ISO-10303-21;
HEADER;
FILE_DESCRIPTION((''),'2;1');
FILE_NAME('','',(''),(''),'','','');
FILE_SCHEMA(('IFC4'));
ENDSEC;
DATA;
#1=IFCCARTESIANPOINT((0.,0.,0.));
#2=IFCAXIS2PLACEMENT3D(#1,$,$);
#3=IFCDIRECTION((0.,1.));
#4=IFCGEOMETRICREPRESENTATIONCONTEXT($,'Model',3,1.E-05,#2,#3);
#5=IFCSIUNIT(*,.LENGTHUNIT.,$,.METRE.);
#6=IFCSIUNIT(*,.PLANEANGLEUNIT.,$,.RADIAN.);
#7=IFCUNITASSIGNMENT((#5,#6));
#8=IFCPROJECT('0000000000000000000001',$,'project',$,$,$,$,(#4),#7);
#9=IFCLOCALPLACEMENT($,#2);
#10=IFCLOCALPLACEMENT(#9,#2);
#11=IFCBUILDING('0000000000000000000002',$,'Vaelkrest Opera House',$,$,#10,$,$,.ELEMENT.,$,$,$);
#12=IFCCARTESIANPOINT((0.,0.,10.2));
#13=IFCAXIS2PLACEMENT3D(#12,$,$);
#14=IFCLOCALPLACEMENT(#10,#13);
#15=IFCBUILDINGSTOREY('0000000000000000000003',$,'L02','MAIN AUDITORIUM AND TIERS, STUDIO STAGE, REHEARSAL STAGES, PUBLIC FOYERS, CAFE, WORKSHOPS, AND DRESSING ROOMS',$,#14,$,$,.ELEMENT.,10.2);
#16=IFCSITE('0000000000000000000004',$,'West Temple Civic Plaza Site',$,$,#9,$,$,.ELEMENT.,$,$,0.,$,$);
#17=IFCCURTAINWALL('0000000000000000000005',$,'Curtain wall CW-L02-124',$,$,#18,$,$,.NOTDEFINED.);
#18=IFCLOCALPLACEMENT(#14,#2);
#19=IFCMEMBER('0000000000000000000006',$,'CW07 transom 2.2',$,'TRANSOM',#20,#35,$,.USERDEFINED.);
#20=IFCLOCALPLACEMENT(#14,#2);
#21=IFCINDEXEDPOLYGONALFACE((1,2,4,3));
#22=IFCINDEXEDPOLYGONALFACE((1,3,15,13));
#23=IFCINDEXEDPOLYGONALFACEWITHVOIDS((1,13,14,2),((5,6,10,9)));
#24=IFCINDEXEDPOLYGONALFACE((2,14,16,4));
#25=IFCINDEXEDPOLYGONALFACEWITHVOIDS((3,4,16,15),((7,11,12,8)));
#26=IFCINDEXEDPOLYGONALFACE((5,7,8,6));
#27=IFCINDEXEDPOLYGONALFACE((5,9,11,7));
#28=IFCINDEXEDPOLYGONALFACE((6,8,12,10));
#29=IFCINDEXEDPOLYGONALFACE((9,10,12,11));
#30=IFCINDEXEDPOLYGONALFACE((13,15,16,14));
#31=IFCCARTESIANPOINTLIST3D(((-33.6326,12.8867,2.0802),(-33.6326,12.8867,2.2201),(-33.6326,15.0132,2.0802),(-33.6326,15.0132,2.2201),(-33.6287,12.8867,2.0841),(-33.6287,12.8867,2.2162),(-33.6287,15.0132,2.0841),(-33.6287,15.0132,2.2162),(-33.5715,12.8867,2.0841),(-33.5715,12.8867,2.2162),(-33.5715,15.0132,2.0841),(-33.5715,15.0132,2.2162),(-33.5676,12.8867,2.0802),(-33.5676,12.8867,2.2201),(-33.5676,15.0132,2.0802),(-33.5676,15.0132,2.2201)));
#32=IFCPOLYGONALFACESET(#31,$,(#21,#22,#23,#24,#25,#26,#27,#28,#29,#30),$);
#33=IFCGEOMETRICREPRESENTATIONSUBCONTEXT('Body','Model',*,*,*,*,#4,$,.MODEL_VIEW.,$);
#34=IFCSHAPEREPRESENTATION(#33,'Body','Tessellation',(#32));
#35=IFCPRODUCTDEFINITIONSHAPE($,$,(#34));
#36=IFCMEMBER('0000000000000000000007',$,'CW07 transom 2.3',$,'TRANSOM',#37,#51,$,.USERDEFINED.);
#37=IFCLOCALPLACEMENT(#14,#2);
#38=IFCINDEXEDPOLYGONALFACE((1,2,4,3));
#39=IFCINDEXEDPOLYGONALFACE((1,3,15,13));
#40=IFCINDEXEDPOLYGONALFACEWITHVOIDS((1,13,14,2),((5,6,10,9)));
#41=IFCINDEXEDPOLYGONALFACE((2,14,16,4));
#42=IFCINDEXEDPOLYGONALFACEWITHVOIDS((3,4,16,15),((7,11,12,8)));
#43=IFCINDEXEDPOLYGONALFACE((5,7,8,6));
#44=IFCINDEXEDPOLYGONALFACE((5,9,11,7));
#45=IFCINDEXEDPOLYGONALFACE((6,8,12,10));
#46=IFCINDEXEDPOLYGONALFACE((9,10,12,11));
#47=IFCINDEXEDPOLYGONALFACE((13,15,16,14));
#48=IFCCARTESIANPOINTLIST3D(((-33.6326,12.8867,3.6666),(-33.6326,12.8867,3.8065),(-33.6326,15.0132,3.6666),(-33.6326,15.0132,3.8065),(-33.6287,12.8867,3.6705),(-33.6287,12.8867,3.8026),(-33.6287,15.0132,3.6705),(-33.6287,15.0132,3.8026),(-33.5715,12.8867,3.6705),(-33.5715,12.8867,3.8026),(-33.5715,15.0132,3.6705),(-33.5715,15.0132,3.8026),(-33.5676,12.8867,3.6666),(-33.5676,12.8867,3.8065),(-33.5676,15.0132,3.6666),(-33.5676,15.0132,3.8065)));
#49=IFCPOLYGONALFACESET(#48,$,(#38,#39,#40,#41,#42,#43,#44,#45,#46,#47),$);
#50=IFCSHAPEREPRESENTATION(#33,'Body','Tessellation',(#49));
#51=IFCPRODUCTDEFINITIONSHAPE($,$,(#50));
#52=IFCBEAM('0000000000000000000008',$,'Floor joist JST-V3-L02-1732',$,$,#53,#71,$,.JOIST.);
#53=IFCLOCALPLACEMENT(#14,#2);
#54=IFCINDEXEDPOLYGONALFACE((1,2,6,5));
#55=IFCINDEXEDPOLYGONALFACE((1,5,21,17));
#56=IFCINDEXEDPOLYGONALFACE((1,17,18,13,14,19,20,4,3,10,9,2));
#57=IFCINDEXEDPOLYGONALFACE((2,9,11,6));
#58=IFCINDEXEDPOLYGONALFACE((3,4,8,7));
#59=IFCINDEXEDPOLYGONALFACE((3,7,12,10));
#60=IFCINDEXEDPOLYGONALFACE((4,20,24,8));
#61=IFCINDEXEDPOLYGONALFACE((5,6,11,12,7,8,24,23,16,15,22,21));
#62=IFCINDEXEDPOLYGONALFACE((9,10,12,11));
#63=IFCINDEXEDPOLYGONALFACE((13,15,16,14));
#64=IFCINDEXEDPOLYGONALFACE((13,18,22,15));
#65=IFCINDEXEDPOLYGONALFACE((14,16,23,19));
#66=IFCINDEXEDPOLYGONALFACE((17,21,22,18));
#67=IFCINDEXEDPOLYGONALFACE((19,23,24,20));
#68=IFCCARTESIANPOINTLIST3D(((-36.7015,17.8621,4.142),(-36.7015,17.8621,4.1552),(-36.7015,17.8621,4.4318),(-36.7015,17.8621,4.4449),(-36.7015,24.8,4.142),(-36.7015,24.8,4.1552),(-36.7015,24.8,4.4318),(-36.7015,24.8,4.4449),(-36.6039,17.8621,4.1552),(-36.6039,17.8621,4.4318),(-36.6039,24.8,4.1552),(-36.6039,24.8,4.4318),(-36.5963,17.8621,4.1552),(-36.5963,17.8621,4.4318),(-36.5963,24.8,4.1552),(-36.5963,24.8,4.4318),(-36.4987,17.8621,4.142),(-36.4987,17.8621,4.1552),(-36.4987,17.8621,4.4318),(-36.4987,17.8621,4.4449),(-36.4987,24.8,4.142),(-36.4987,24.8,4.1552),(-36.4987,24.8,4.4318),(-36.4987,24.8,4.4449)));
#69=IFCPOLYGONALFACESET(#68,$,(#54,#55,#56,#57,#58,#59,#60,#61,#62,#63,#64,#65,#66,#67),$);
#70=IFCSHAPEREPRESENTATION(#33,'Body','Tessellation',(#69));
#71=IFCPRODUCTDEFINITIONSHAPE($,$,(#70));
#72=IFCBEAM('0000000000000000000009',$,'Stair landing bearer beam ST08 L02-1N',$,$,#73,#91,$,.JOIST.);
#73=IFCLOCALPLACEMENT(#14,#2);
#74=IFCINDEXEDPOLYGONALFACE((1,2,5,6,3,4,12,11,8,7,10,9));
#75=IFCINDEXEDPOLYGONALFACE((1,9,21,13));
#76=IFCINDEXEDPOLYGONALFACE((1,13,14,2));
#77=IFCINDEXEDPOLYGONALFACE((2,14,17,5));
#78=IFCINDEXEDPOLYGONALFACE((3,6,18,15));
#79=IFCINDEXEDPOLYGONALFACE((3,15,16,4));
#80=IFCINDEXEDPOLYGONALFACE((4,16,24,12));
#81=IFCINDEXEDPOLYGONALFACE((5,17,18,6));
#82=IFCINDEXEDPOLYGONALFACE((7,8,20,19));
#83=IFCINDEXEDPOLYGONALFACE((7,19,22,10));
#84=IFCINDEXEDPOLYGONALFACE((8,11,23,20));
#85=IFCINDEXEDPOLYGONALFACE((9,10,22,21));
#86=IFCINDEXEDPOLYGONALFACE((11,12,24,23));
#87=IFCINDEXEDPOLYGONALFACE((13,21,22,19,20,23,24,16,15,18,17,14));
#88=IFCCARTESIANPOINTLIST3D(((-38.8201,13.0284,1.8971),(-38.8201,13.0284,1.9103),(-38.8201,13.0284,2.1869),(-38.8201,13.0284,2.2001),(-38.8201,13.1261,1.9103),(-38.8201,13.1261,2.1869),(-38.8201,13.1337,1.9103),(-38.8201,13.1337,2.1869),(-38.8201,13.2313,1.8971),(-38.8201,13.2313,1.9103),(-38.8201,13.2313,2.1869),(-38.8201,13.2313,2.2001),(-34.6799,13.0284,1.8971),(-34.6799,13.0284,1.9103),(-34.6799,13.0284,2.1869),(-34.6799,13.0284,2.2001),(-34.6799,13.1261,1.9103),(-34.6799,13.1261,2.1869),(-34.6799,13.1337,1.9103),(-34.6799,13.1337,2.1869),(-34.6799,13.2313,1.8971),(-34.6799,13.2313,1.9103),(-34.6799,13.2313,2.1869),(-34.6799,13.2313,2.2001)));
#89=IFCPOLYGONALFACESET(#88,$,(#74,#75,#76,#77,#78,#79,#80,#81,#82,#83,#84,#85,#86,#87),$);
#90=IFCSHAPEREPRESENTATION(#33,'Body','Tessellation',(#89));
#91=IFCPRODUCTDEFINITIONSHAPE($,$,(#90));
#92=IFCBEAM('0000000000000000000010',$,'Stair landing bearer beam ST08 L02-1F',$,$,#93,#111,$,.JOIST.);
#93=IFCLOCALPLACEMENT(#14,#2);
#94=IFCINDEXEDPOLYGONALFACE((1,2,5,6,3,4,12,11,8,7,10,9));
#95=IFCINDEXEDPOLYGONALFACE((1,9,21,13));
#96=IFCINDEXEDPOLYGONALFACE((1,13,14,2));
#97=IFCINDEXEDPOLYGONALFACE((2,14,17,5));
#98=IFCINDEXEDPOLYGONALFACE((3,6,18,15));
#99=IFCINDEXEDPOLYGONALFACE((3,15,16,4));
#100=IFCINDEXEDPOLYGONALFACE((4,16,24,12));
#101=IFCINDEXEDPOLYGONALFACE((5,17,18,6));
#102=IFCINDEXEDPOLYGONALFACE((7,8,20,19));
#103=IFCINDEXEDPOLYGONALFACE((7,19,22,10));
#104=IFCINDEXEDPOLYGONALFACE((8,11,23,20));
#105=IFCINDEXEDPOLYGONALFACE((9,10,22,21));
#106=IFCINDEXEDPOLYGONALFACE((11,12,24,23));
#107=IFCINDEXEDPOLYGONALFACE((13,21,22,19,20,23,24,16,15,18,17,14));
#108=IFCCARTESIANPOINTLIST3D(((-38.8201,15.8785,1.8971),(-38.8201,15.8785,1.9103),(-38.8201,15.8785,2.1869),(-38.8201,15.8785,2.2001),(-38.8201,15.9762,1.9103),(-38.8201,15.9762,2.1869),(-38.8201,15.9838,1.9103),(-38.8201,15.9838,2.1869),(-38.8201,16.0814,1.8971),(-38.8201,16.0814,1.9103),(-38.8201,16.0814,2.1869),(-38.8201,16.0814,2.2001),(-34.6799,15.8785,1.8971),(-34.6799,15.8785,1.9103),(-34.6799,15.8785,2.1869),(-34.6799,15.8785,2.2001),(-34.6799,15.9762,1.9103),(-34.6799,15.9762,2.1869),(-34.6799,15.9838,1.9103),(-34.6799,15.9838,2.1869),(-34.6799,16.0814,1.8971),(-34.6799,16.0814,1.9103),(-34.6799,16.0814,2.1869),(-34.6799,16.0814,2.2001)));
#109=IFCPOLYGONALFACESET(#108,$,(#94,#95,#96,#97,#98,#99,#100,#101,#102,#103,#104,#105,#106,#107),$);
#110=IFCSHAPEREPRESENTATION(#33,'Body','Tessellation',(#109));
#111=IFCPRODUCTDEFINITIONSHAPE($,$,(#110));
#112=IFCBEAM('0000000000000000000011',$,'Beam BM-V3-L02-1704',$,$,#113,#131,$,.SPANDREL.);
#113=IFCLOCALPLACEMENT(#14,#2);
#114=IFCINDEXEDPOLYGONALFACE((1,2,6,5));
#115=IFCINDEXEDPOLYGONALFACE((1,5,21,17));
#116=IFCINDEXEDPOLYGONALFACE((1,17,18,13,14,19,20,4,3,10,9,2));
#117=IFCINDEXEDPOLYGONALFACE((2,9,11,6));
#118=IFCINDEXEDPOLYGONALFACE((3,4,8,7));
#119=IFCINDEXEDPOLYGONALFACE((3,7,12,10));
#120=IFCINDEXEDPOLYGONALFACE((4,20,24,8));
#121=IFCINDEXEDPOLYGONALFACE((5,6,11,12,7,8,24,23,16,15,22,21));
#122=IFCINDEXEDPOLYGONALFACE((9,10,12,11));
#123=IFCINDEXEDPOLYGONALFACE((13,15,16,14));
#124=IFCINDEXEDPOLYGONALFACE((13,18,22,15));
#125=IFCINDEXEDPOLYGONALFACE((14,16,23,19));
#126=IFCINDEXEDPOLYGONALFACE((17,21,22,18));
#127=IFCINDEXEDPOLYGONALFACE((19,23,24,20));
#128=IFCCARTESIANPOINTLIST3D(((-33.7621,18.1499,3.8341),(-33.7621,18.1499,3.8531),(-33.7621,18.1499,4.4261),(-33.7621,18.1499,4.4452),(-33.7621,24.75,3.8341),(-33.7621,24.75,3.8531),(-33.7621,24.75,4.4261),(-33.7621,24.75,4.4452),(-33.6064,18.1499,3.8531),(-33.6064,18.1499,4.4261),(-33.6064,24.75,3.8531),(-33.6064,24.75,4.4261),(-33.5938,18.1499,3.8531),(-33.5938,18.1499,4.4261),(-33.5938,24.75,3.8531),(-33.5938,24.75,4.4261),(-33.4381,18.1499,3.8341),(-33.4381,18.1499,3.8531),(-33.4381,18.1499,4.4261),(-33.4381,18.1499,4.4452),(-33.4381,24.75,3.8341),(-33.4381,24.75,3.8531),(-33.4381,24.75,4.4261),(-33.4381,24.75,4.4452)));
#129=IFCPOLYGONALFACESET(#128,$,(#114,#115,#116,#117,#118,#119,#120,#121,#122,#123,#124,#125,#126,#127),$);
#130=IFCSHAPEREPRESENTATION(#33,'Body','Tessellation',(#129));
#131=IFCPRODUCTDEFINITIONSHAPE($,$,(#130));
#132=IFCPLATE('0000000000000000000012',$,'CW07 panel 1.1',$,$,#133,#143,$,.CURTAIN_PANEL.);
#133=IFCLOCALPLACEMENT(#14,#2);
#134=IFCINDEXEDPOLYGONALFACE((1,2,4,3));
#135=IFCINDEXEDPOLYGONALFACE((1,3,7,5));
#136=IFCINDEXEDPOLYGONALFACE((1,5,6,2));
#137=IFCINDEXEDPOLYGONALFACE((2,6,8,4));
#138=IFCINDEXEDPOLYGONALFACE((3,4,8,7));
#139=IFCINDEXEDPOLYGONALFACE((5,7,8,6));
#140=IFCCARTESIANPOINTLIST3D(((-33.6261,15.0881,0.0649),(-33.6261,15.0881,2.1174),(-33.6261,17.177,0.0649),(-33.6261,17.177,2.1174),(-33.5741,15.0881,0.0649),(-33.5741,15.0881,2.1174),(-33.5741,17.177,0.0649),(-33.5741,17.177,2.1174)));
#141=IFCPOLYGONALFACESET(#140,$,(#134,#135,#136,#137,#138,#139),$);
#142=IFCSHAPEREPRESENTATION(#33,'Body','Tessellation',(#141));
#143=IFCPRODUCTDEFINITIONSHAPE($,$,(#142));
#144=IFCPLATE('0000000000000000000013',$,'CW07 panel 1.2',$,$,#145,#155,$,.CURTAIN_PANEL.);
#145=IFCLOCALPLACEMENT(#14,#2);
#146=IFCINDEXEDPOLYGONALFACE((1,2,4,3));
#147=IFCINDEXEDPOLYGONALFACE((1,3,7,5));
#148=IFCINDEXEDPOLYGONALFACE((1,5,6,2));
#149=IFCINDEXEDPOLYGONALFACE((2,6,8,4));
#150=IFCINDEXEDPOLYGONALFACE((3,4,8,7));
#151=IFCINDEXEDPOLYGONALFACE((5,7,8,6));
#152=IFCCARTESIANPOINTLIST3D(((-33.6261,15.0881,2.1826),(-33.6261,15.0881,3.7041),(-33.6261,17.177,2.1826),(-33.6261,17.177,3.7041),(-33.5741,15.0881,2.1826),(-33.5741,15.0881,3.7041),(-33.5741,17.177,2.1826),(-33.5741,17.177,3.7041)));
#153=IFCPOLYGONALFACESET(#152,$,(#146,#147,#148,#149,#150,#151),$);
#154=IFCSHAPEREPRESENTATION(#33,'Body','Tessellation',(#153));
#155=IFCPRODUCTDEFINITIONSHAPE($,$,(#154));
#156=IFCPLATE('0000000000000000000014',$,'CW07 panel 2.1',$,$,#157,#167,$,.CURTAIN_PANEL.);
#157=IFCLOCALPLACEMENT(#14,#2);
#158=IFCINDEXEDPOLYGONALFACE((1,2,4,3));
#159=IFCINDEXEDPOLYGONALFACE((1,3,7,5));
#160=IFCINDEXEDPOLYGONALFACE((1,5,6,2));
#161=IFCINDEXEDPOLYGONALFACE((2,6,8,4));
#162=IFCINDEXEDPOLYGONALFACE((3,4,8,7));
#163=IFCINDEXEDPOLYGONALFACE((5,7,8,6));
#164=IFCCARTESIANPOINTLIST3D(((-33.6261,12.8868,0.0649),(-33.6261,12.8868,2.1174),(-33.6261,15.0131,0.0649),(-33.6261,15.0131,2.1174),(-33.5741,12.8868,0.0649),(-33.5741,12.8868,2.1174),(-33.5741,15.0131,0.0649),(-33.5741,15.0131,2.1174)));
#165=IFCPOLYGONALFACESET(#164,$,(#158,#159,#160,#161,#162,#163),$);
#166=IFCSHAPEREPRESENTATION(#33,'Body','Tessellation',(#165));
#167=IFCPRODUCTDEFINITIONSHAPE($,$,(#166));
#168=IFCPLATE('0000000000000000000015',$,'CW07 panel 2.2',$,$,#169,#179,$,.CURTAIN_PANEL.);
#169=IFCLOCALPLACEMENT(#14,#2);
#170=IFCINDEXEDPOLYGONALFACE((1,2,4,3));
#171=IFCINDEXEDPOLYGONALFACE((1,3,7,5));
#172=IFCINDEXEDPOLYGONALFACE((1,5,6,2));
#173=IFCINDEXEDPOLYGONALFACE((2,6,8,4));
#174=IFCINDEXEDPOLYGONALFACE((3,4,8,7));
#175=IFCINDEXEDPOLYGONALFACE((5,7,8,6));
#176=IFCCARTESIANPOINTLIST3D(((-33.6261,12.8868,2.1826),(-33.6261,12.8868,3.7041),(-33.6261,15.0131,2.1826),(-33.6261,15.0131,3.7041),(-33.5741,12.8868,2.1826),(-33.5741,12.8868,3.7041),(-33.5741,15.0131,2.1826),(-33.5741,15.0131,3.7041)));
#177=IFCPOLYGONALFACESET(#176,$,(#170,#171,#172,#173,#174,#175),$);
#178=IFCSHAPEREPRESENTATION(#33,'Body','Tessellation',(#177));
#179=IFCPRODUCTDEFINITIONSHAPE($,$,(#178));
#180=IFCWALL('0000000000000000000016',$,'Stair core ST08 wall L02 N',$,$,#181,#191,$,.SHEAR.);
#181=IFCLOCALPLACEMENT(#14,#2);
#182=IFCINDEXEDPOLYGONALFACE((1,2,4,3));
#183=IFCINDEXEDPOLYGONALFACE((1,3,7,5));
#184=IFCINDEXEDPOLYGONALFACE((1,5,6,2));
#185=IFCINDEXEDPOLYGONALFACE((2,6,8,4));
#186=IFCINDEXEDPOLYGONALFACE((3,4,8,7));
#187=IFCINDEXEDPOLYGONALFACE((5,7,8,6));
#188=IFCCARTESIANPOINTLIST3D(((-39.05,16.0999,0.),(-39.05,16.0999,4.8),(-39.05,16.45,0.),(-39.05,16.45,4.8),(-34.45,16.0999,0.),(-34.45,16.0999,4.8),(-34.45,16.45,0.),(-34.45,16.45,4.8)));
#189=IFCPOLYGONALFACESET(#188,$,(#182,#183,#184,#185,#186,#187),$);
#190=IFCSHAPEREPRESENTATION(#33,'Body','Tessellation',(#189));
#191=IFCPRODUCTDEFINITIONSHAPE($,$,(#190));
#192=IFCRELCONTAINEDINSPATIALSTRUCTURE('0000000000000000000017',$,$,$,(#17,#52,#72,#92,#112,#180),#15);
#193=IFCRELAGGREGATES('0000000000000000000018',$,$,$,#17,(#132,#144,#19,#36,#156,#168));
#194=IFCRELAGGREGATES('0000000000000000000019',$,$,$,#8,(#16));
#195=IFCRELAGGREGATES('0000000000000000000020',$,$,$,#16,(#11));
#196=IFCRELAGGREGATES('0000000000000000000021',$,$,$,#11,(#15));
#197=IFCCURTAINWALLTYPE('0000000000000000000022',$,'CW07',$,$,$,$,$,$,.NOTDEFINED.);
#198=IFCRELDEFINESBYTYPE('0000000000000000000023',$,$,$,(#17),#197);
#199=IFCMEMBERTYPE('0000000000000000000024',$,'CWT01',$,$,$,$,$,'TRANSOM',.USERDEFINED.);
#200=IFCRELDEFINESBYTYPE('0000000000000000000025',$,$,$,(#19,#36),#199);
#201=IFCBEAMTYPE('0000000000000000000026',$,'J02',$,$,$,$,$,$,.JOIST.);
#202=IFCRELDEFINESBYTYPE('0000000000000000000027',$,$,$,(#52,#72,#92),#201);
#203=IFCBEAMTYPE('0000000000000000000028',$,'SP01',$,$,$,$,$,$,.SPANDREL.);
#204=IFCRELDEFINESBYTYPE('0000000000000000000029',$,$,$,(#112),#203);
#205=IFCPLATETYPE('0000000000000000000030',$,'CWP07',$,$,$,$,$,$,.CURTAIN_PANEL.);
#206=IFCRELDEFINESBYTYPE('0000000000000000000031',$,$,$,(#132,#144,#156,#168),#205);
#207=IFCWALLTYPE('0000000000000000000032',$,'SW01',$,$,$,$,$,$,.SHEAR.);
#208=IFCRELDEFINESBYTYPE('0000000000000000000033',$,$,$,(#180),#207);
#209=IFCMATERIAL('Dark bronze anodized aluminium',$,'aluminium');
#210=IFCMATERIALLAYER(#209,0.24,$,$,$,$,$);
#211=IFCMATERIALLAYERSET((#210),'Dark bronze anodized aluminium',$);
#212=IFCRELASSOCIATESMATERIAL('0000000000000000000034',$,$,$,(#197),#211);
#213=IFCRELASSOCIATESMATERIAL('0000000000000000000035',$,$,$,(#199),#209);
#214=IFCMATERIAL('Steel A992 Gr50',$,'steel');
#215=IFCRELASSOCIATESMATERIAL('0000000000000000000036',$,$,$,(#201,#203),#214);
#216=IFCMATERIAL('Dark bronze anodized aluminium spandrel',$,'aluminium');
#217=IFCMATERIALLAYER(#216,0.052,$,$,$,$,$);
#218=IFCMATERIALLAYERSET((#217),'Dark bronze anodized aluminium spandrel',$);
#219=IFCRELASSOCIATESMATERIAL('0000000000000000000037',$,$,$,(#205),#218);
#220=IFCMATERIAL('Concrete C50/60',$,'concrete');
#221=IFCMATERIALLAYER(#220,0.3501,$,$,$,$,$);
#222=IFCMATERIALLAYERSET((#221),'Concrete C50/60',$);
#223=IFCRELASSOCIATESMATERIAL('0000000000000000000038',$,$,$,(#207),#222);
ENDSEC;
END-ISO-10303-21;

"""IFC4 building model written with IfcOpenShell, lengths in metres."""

from ifc_helpers import new_model, si_unit, direction, frame, frame_2d, origin, origin_2d, place, context, subcontext, project, spatial, rectangle, hollow_rectangle, i_section, extrude, material, layer, layer_set, material_profile, profile_set, type_object, element, aggregate, save


model = new_model("IFC4")

# Units and contexts
model_context = context("Model", 3, precision=1e-05, world=origin(), true_north=direction((0.0, 1.0)))
body_context = subcontext(model_context, "Body", "Model", "MODEL_VIEW")
ifc_project = project(units=[si_unit("LENGTHUNIT", "METRE"), si_unit("PLANEANGLEUNIT", "RADIAN")], contexts=[model_context])

# Site, building, storey
site_placement = place(None, origin())
site = spatial("IfcSite", under=ifc_project, at=site_placement, Name="West Temple Civic Plaza Site", CompositionType="ELEMENT", RefElevation=0.0)
building_placement = place(site_placement, origin())
building = spatial("IfcBuilding", under=site, at=building_placement, Name="Vaelkrest Opera House", CompositionType="ELEMENT")
storey_placement = place(building_placement, frame((0.0, 0.0, 10.2)))
storey = spatial("IfcBuildingStorey", under=building, at=storey_placement, Name="L02", Description="MAIN AUDITORIUM AND TIERS, STUDIO STAGE, REHEARSAL STAGES, PUBLIC FOYERS, CAFE, WORKSHOPS, AND DRESSING ROOMS", CompositionType="ELEMENT", Elevation=10.2)

# Shared definitions
ifc_material_1 = material(Name="Concrete C50/60", Category="concrete")

# Shared definitions
ifc_material_2 = material(Name="Steel A992 Gr50", Category="steel")

# Curtain wall, members
ifc_material_3 = material(Name="Dark bronze anodized aluminium", Category="aluminium")
ifc_layer_1 = layer(ifc_material_3, 0.24)
ifc_layer_set_1 = layer_set([ifc_layer_1], Name="Dark bronze anodized aluminium")
curtain_wall_type = type_object("IfcCurtainWallType", Name="CW07", PredefinedType="NOTDEFINED", material=ifc_layer_set_1)
curtain_wall_placement = place(storey_placement, origin())
curtain_wall = element("IfcCurtainWall", 1, at=curtain_wall_placement, inside=storey, type_object=curtain_wall_type, Name="Curtain wall CW-L02-124", PredefinedType="NOTDEFINED")
ifc_material_profile_1 = material_profile(ifc_material_3, hollow_rectangle(XDim=0.0649, YDim=0.1399, WallThickness=0.0039, at=origin_2d()), Name="CWT65X140")
ifc_profile_set_1 = profile_set([ifc_material_profile_1], Name="Dark bronze anodized aluminium")
member_type_1 = type_object("IfcMemberType", Name="CWT01", ElementType="TRANSOM", PredefinedType="USERDEFINED", material=ifc_profile_set_1)
member_1_placement = place(storey_placement, frame((-33.6001, 15.0132, 2.1501), z_axis=(0.0, -1.0, 0.0), x_axis=(1.0, 0.0, 0.0)))
member_1 = element("IfcMember", 2, at=member_1_placement, type_object=member_type_1, Name="CW07 transom 2.2", ObjectType="TRANSOM", PredefinedType="USERDEFINED", context=body_context, shape_type="SweptSolid", body=[
    extrude(hollow_rectangle(XDim=0.0649, YDim=0.1399, WallThickness=0.0039, at=origin_2d()), origin(), (0.0, 0.0, 1.0), 2.1265),
])
member_2_placement = place(storey_placement, frame((-33.6001, 15.0132, 3.7366), z_axis=(0.0, -1.0, 0.0), x_axis=(1.0, 0.0, 0.0)))
member_2 = element("IfcMember", 3, at=member_2_placement, type_object=member_type_1, Name="CW07 transom 2.3", ObjectType="TRANSOM", PredefinedType="USERDEFINED", context=body_context, shape_type="SweptSolid", body=[
    extrude(hollow_rectangle(XDim=0.0649, YDim=0.1399, WallThickness=0.0039, at=origin_2d()), origin(), (0.0, 0.0, 1.0), 2.1265),
])

# Beams
ifc_material_profile_2 = material_profile(ifc_material_2, i_section(OverallWidth=0.2029, OverallDepth=0.303, WebThickness=0.0076, FlangeThickness=0.0132, at=origin_2d()), Name="W12X40")
ifc_profile_set_2 = profile_set([ifc_material_profile_2], Name="Steel A992 Gr50")
beam_type_1 = type_object("IfcBeamType", Name="J02", PredefinedType="JOIST", material=ifc_profile_set_2)
beam_1_placement = place(storey_placement, frame((-36.6001, 17.8621, 4.2935), z_axis=(0.0, 1.0, 0.0), x_axis=(-1.0, 0.0, 0.0)))
element("IfcBeam", 4, at=beam_1_placement, inside=storey, type_object=beam_type_1, Name="Floor joist JST-V3-L02-1732", PredefinedType="JOIST", context=body_context, shape_type="SweptSolid", body=[
    extrude(i_section(OverallWidth=0.2029, OverallDepth=0.303, WebThickness=0.0076, FlangeThickness=0.0132, at=origin_2d()), origin(), (0.0, 0.0, 1.0), 6.938),
])
for number, where, z_axis, x_axis, name in (
    (5, (-38.8201, 13.1299, 2.0486), (1.0, 0.0, 0.0), (0.0, 1.0, 0.0), "Stair landing bearer beam ST08 L02-1N"),
    (6, (-38.8201, 15.98, 2.0486), (1.0, 0.0, 0.0), (0.0, 1.0, 0.0), "Stair landing bearer beam ST08 L02-1F"),
):
    element("IfcBeam", number, at=place(storey_placement, frame(where, z_axis=z_axis, x_axis=x_axis)), inside=storey, type_object=beam_type_1, Name=name, PredefinedType="JOIST", context=body_context, shape_type="SweptSolid", body=[
        extrude(i_section(OverallWidth=0.2029, OverallDepth=0.303, WebThickness=0.0076, FlangeThickness=0.0132, at=origin_2d()), origin(), (0.0, 0.0, 1.0), 4.1401),
    ])
ifc_material_profile_3 = material_profile(ifc_material_2, i_section(OverallWidth=0.324, OverallDepth=0.6111, WebThickness=0.0127, FlangeThickness=0.019, at=origin_2d()), Name="W24X104")
ifc_profile_set_3 = profile_set([ifc_material_profile_3], Name="Steel A992 Gr50")
beam_type_2 = type_object("IfcBeamType", Name="SP01", PredefinedType="SPANDREL", material=ifc_profile_set_3)
beam_2_placement = place(storey_placement, frame((-33.6001, 18.1499, 4.1396), z_axis=(0.0, 1.0, 0.0), x_axis=(-1.0, 0.0, 0.0)))
element("IfcBeam", 7, at=beam_2_placement, inside=storey, type_object=beam_type_2, Name="Beam BM-V3-L02-1704", PredefinedType="SPANDREL", context=body_context, shape_type="SweptSolid", body=[
    extrude(i_section(OverallWidth=0.324, OverallDepth=0.6111, WebThickness=0.0127, FlangeThickness=0.019, at=origin_2d()), origin(), (0.0, 0.0, 1.0), 6.6001),
])

# Plates
ifc_material_4 = material(Name="Dark bronze anodized aluminium spandrel", Category="aluminium")
ifc_layer_2 = layer(ifc_material_4, 0.052)
ifc_layer_set_2 = layer_set([ifc_layer_2], Name="Dark bronze anodized aluminium spandrel")
plate_type = type_object("IfcPlateType", Name="CWP07", PredefinedType="CURTAIN_PANEL", material=ifc_layer_set_2)
plate_1_placement = place(storey_placement, frame((-33.6001, 16.1326, 0.0649), z_axis=(0.0, 0.0, 1.0), x_axis=(0.0, -1.0, 0.0)))
plate_1 = element("IfcPlate", 8, at=plate_1_placement, type_object=plate_type, Name="CW07 panel 1.1", PredefinedType="CURTAIN_PANEL", context=body_context, shape_type="SweptSolid", body=[
    extrude(rectangle(XDim=2.0889, YDim=0.052, at=origin_2d()), origin(), (0.0, 0.0, 1.0), 2.0525),
])
plate_2_placement = place(storey_placement, frame((-33.6001, 16.1326, 2.1826), z_axis=(0.0, 0.0, 1.0), x_axis=(0.0, -1.0, 0.0)))
plate_2 = element("IfcPlate", 9, at=plate_2_placement, type_object=plate_type, Name="CW07 panel 1.2", PredefinedType="CURTAIN_PANEL", context=body_context, shape_type="SweptSolid", body=[
    extrude(rectangle(XDim=2.0889, YDim=0.052, at=origin_2d()), origin(), (0.0, 0.0, 1.0), 1.5215),
])
plate_3_placement = place(storey_placement, frame((-33.6001, 13.95, 0.0649), z_axis=(0.0, 0.0, 1.0), x_axis=(0.0, -1.0, 0.0)))
plate_3 = element("IfcPlate", 10, at=plate_3_placement, type_object=plate_type, Name="CW07 panel 2.1", PredefinedType="CURTAIN_PANEL", context=body_context, shape_type="SweptSolid", body=[
    extrude(rectangle(XDim=2.1262, YDim=0.052, at=origin_2d()), origin(), (0.0, 0.0, 1.0), 2.0525),
])
plate_4_placement = place(storey_placement, frame((-33.6001, 13.95, 2.1826), z_axis=(0.0, 0.0, 1.0), x_axis=(0.0, -1.0, 0.0)))
plate_4 = element("IfcPlate", 11, at=plate_4_placement, type_object=plate_type, Name="CW07 panel 2.2", PredefinedType="CURTAIN_PANEL", context=body_context, shape_type="SweptSolid", body=[
    extrude(rectangle(XDim=2.1262, YDim=0.052, at=origin_2d()), origin(), (0.0, 0.0, 1.0), 1.5215),
])
aggregate(curtain_wall, [plate_1, plate_2, member_1, member_2, plate_3, plate_4])

# Wall
ifc_layer_3 = layer(ifc_material_1, 0.3501)
ifc_layer_set_3 = layer_set([ifc_layer_3], Name="Concrete C50/60")
wall_type = type_object("IfcWallType", Name="SW01", PredefinedType="SHEAR", material=ifc_layer_set_3)
wall_1_placement = place(storey_placement, frame((-39.05, 16.2749, 0.0), z_axis=(0.0, 0.0, 1.0), x_axis=(1.0, 0.0, 0.0)))
element("IfcWall", 12, at=wall_1_placement, inside=storey, type_object=wall_type, Name="Stair core ST08 wall L02 N", PredefinedType="SHEAR", context=body_context, shape_type="SweptSolid", body=[
    extrude(rectangle(XDim=4.6001, YDim=0.3501, at=frame_2d((2.3, 0.0))), origin(), (0.0, 0.0, 1.0), 4.8),
])

save(model, "model.ifc")
